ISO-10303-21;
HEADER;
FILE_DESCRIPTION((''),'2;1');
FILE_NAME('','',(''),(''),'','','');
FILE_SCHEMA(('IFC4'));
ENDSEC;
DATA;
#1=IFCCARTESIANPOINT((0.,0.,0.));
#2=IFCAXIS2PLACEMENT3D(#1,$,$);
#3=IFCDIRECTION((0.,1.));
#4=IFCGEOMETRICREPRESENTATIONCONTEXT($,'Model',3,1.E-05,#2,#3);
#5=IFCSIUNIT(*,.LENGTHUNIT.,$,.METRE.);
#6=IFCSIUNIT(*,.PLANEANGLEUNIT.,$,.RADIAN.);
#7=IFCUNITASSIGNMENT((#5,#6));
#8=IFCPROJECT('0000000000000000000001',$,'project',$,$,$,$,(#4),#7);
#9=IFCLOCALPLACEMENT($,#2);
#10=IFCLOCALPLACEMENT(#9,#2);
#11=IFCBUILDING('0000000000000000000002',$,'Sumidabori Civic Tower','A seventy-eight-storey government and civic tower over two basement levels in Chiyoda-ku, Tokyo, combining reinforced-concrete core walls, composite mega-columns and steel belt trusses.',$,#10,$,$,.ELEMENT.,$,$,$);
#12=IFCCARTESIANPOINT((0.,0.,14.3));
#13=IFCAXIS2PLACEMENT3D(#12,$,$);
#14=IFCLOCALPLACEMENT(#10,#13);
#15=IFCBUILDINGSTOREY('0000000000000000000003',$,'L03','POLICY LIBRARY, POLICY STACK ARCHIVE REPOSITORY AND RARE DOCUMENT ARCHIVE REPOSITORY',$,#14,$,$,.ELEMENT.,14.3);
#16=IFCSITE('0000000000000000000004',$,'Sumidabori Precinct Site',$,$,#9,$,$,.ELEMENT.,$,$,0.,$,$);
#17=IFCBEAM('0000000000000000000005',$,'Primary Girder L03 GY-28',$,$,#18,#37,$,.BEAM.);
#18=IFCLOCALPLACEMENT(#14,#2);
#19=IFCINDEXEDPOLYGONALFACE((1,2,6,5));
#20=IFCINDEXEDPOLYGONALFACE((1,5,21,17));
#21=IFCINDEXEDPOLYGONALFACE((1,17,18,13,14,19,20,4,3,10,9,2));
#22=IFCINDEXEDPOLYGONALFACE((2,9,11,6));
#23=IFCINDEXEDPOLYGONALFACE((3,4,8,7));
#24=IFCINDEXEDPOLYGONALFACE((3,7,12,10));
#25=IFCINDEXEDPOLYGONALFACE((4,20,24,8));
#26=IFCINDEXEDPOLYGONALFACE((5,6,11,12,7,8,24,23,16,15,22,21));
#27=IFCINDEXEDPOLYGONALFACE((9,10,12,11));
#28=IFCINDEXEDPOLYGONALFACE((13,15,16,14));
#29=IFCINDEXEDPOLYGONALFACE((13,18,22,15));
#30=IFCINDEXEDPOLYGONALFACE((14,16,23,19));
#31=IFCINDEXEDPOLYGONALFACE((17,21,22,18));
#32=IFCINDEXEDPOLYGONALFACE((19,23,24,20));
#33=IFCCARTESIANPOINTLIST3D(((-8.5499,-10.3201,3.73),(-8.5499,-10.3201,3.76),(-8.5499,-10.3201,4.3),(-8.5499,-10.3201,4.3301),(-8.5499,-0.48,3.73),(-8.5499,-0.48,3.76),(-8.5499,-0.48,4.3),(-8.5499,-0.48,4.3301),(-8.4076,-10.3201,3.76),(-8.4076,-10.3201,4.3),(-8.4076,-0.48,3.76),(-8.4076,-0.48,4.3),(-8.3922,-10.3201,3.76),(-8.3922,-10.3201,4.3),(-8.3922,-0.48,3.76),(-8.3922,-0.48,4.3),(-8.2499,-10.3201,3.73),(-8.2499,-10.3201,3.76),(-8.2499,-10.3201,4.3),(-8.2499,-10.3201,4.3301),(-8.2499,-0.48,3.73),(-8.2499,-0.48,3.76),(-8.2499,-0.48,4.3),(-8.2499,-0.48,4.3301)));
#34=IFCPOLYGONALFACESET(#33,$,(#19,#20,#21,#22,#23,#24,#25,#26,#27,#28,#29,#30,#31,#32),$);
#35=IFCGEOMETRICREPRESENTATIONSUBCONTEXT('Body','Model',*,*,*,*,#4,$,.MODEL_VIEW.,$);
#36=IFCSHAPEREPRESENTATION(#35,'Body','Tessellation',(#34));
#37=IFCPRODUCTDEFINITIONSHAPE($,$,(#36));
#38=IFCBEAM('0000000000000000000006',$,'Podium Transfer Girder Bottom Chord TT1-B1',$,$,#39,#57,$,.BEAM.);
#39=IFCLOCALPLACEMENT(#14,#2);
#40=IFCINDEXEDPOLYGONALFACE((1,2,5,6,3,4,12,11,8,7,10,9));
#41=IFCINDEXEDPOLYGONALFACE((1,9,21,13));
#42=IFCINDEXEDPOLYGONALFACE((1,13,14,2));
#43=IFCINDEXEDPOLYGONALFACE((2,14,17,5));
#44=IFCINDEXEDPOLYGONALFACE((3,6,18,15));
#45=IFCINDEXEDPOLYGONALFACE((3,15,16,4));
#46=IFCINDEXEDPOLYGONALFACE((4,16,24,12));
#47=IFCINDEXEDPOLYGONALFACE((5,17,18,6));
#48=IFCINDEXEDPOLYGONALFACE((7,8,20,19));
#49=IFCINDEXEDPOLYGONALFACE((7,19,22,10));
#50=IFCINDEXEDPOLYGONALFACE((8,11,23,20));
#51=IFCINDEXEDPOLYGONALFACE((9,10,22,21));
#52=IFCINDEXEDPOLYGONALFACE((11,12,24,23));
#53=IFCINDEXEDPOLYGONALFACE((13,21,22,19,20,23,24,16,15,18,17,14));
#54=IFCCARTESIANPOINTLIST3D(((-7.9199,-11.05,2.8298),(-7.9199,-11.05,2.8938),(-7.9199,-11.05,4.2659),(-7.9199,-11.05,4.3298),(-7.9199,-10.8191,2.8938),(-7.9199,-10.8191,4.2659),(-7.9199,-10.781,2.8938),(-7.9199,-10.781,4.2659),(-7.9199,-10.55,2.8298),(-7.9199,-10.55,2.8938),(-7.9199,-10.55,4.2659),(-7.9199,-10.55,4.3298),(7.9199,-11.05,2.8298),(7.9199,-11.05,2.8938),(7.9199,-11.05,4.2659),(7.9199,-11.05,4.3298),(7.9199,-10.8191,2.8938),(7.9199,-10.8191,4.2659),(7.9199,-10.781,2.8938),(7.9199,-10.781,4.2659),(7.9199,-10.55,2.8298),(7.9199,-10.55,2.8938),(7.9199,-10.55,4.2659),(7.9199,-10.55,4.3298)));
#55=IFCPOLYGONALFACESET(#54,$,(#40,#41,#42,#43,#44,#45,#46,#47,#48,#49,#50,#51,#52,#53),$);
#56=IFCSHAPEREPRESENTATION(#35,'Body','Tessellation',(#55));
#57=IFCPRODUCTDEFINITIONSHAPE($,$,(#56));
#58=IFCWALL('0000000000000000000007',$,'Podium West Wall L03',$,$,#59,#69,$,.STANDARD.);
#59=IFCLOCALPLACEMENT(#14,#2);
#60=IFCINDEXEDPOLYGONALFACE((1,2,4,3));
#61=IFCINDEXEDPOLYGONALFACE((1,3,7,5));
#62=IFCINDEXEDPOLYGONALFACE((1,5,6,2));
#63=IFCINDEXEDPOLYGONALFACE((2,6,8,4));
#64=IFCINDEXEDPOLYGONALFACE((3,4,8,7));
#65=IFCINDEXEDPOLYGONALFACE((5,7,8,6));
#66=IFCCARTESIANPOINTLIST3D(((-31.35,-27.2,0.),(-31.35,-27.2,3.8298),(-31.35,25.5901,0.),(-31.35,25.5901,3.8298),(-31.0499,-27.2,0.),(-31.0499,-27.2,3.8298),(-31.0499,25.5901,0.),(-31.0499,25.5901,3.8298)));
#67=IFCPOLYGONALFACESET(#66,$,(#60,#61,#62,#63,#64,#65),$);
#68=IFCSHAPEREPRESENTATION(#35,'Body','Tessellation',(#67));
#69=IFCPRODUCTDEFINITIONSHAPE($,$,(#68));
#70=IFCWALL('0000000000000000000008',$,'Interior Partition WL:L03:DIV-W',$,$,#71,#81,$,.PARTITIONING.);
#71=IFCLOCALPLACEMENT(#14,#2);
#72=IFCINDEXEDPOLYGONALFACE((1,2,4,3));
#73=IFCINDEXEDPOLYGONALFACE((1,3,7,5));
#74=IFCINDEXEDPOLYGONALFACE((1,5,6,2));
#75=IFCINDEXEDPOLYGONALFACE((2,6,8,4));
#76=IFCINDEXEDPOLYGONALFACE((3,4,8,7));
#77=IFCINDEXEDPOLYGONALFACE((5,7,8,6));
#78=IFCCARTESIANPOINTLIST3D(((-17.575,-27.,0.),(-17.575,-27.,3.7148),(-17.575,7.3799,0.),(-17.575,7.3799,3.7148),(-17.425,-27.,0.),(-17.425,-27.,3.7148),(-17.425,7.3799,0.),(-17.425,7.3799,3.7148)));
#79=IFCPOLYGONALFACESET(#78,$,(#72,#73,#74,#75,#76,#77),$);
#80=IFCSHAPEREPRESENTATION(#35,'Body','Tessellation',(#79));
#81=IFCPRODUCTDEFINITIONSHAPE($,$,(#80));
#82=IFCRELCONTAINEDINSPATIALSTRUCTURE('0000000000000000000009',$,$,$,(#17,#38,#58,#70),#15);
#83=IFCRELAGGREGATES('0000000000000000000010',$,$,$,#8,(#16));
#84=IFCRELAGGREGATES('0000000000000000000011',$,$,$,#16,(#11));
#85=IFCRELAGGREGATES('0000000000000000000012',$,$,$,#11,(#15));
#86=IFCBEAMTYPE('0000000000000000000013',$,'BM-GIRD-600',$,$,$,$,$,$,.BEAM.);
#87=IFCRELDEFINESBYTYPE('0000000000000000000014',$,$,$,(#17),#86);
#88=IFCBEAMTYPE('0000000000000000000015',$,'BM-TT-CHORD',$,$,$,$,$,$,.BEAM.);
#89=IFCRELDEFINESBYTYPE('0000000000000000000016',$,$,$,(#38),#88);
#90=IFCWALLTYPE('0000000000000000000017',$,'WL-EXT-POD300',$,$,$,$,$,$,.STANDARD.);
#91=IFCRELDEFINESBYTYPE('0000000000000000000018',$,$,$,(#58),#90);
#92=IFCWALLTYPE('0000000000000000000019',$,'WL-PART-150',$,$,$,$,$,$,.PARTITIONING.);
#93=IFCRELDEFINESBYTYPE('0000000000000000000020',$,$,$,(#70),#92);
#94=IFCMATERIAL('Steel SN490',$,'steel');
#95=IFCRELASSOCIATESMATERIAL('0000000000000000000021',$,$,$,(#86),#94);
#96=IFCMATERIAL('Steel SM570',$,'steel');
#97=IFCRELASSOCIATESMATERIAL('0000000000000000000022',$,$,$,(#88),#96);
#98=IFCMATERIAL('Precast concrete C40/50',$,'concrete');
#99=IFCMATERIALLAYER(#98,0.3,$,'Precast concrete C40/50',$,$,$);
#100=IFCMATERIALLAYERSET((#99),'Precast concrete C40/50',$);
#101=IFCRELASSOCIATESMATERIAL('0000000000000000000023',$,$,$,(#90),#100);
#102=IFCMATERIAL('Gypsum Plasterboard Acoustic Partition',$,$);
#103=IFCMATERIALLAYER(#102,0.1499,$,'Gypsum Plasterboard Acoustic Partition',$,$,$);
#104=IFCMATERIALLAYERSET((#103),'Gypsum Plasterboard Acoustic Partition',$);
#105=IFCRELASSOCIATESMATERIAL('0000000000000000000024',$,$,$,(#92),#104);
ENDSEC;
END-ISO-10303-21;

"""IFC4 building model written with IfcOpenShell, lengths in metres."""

from ifc_helpers import new_model, si_unit, direction, frame, frame_2d, origin, origin_2d, place, context, subcontext, project, spatial, rectangle, i_section, extrude, source, transform, mapped, material, layer, layer_set, material_profile, profile_set, type_object, element, save


model = new_model("IFC4")

# Units and contexts
model_context = context("Model", 3, precision=1e-05, world=origin(), true_north=direction((0.0, 1.0)))
body_context = subcontext(model_context, "Body", "Model", "MODEL_VIEW")
ifc_project = project(units=[si_unit("LENGTHUNIT", "METRE"), si_unit("PLANEANGLEUNIT", "RADIAN")], contexts=[model_context])

# Site, building, storey
site_placement = place(None, origin())
site = spatial("IfcSite", under=ifc_project, at=site_placement, Name="Sumidabori Precinct Site", CompositionType="ELEMENT", RefElevation=0.0)
building_placement = place(site_placement, origin())
building = spatial("IfcBuilding", under=site, at=building_placement, Name="Sumidabori Civic Tower", Description="A seventy-eight-storey government and civic tower over two basement levels in Chiyoda-ku, Tokyo, combining reinforced-concrete core walls, composite mega-columns and steel belt trusses.", CompositionType="ELEMENT")
storey_placement = place(building_placement, frame((0.0, 0.0, 14.3)))
storey = spatial("IfcBuildingStorey", under=building, at=storey_placement, Name="L03", Description="POLICY LIBRARY, POLICY STACK ARCHIVE REPOSITORY AND RARE DOCUMENT ARCHIVE REPOSITORY", CompositionType="ELEMENT", Elevation=14.3)

# Beams
ifc_material_1 = material(Name="Steel SN490", Category="steel")
ifc_material_profile_1 = material_profile(ifc_material_1, i_section(OverallWidth=0.3, OverallDepth=0.6001, WebThickness=0.0154, FlangeThickness=0.03, at=origin_2d()), Name="HE 600 B")
ifc_profile_set_1 = profile_set([ifc_material_profile_1], Name="Steel SN490")
beam_type_1 = type_object("IfcBeamType", Name="BM-GIRD-600", PredefinedType="BEAM", material=ifc_profile_set_1)
shared_shape_1 = source(origin(), body_context, "Body", "SweptSolid", [
    extrude(i_section(OverallWidth=0.3, OverallDepth=0.6001, WebThickness=0.0154, FlangeThickness=0.03, at=origin_2d()), origin(), (0.0, 0.0, 1.0), 9.8401),
])
for number, where, z_axis, x_axis, name in (
    (1, (-8.3999, -10.3201, 4.03), (0.0, 1.0, 0.0), (-1.0, 0.0, 0.0), "Primary Girder L03 GY-28"),
):
    element("IfcBeam", number, at=place(storey_placement, frame(where, z_axis=z_axis, x_axis=x_axis)), inside=storey, type_object=beam_type_1, Name=name, PredefinedType="BEAM", context=body_context, shape_type="MappedRepresentation", body=[
        mapped(shared_shape_1, transform((0.0, 0.0, 0.0), x_axis=(1.0, 0.0, 0.0), y_axis=(0.0, 1.0, 0.0), z_axis=(0.0, 0.0, 1.0), scale=1.0)),
    ])
ifc_material_2 = material(Name="Steel SM570", Category="steel")
ifc_material_profile_2 = material_profile(ifc_material_2, i_section(OverallWidth=0.5, OverallDepth=1.5, WebThickness=0.0381, FlangeThickness=0.064, at=origin_2d()), Name="WTG 1500x500")
ifc_profile_set_2 = profile_set([ifc_material_profile_2], Name="Steel SM570")
beam_type_2 = type_object("IfcBeamType", Name="BM-TT-CHORD", PredefinedType="BEAM", material=ifc_profile_set_2)
shared_shape_2 = source(origin(), body_context, "Body", "SweptSolid", [
    extrude(i_section(OverallWidth=0.5, OverallDepth=1.5, WebThickness=0.0381, FlangeThickness=0.064, at=origin_2d()), origin(), (0.0, 0.0, 1.0), 15.8398),
])
beam_1_placement = place(storey_placement, frame((-7.9199, -10.8, 3.5798), z_axis=(1.0, 0.0, 0.0), x_axis=(0.0, 1.0, 0.0)))
element("IfcBeam", 2, at=beam_1_placement, inside=storey, type_object=beam_type_2, Name="Podium Transfer Girder Bottom Chord TT1-B1", PredefinedType="BEAM", context=body_context, shape_type="MappedRepresentation", body=[
    mapped(shared_shape_2, transform((0.0, 0.0, 0.0), x_axis=(1.0, 0.0, 0.0), y_axis=(0.0, 1.0, 0.0), z_axis=(0.0, 0.0, 1.0), scale=1.0)),
])

# Walls
ifc_material_3 = material(Name="Precast concrete C40/50", Category="concrete")
ifc_layer_1 = layer(ifc_material_3, 0.3, Name="Precast concrete C40/50")
ifc_layer_set_1 = layer_set([ifc_layer_1], Name="Precast concrete C40/50")
wall_type_1 = type_object("IfcWallType", Name="WL-EXT-POD300", PredefinedType="STANDARD", material=ifc_layer_set_1)
shared_shape_3 = source(origin(), body_context, "Body", "SweptSolid", [
    extrude(rectangle(XDim=52.79, YDim=0.3, at=frame_2d((26.395, 0.0))), origin(), (0.0, 0.0, 1.0), 3.8298),
])
wall_1_placement = place(storey_placement, frame((-31.2, -27.2, 0.0), z_axis=(0.0, 0.0, 1.0), x_axis=(0.0, 1.0, 0.0)))
element("IfcWall", 3, at=wall_1_placement, inside=storey, type_object=wall_type_1, Name="Podium West Wall L03", PredefinedType="STANDARD", context=body_context, shape_type="MappedRepresentation", body=[
    mapped(shared_shape_3, transform((0.0, 0.0, 0.0), x_axis=(1.0, 0.0, 0.0), y_axis=(0.0, 1.0, 0.0), z_axis=(0.0, 0.0, 1.0), scale=1.0)),
])
ifc_material_4 = material(Name="Gypsum Plasterboard Acoustic Partition")
ifc_layer_2 = layer(ifc_material_4, 0.1499, Name="Gypsum Plasterboard Acoustic Partition")
ifc_layer_set_2 = layer_set([ifc_layer_2], Name="Gypsum Plasterboard Acoustic Partition")
wall_type_2 = type_object("IfcWallType", Name="WL-PART-150", PredefinedType="PARTITIONING", material=ifc_layer_set_2)
shared_shape_4 = source(origin(), body_context, "Body", "SweptSolid", [
    extrude(rectangle(XDim=34.3799, YDim=0.1499, at=frame_2d((17.1899, 0.0))), origin(), (0.0, 0.0, 1.0), 3.7148),
])
wall_2_placement = place(storey_placement, frame((-17.5, -27.0, 0.0), z_axis=(0.0, 0.0, 1.0), x_axis=(0.0, 1.0, 0.0)))
element("IfcWall", 4, at=wall_2_placement, inside=storey, type_object=wall_type_2, Name="Interior Partition WL:L03:DIV-W", PredefinedType="PARTITIONING", context=body_context, shape_type="MappedRepresentation", body=[
    mapped(shared_shape_4, transform((0.0, 0.0, 0.0), x_axis=(1.0, 0.0, 0.0), y_axis=(0.0, 1.0, 0.0), z_axis=(0.0, 0.0, 1.0), scale=1.0)),
])

save(model, "model.ifc")
